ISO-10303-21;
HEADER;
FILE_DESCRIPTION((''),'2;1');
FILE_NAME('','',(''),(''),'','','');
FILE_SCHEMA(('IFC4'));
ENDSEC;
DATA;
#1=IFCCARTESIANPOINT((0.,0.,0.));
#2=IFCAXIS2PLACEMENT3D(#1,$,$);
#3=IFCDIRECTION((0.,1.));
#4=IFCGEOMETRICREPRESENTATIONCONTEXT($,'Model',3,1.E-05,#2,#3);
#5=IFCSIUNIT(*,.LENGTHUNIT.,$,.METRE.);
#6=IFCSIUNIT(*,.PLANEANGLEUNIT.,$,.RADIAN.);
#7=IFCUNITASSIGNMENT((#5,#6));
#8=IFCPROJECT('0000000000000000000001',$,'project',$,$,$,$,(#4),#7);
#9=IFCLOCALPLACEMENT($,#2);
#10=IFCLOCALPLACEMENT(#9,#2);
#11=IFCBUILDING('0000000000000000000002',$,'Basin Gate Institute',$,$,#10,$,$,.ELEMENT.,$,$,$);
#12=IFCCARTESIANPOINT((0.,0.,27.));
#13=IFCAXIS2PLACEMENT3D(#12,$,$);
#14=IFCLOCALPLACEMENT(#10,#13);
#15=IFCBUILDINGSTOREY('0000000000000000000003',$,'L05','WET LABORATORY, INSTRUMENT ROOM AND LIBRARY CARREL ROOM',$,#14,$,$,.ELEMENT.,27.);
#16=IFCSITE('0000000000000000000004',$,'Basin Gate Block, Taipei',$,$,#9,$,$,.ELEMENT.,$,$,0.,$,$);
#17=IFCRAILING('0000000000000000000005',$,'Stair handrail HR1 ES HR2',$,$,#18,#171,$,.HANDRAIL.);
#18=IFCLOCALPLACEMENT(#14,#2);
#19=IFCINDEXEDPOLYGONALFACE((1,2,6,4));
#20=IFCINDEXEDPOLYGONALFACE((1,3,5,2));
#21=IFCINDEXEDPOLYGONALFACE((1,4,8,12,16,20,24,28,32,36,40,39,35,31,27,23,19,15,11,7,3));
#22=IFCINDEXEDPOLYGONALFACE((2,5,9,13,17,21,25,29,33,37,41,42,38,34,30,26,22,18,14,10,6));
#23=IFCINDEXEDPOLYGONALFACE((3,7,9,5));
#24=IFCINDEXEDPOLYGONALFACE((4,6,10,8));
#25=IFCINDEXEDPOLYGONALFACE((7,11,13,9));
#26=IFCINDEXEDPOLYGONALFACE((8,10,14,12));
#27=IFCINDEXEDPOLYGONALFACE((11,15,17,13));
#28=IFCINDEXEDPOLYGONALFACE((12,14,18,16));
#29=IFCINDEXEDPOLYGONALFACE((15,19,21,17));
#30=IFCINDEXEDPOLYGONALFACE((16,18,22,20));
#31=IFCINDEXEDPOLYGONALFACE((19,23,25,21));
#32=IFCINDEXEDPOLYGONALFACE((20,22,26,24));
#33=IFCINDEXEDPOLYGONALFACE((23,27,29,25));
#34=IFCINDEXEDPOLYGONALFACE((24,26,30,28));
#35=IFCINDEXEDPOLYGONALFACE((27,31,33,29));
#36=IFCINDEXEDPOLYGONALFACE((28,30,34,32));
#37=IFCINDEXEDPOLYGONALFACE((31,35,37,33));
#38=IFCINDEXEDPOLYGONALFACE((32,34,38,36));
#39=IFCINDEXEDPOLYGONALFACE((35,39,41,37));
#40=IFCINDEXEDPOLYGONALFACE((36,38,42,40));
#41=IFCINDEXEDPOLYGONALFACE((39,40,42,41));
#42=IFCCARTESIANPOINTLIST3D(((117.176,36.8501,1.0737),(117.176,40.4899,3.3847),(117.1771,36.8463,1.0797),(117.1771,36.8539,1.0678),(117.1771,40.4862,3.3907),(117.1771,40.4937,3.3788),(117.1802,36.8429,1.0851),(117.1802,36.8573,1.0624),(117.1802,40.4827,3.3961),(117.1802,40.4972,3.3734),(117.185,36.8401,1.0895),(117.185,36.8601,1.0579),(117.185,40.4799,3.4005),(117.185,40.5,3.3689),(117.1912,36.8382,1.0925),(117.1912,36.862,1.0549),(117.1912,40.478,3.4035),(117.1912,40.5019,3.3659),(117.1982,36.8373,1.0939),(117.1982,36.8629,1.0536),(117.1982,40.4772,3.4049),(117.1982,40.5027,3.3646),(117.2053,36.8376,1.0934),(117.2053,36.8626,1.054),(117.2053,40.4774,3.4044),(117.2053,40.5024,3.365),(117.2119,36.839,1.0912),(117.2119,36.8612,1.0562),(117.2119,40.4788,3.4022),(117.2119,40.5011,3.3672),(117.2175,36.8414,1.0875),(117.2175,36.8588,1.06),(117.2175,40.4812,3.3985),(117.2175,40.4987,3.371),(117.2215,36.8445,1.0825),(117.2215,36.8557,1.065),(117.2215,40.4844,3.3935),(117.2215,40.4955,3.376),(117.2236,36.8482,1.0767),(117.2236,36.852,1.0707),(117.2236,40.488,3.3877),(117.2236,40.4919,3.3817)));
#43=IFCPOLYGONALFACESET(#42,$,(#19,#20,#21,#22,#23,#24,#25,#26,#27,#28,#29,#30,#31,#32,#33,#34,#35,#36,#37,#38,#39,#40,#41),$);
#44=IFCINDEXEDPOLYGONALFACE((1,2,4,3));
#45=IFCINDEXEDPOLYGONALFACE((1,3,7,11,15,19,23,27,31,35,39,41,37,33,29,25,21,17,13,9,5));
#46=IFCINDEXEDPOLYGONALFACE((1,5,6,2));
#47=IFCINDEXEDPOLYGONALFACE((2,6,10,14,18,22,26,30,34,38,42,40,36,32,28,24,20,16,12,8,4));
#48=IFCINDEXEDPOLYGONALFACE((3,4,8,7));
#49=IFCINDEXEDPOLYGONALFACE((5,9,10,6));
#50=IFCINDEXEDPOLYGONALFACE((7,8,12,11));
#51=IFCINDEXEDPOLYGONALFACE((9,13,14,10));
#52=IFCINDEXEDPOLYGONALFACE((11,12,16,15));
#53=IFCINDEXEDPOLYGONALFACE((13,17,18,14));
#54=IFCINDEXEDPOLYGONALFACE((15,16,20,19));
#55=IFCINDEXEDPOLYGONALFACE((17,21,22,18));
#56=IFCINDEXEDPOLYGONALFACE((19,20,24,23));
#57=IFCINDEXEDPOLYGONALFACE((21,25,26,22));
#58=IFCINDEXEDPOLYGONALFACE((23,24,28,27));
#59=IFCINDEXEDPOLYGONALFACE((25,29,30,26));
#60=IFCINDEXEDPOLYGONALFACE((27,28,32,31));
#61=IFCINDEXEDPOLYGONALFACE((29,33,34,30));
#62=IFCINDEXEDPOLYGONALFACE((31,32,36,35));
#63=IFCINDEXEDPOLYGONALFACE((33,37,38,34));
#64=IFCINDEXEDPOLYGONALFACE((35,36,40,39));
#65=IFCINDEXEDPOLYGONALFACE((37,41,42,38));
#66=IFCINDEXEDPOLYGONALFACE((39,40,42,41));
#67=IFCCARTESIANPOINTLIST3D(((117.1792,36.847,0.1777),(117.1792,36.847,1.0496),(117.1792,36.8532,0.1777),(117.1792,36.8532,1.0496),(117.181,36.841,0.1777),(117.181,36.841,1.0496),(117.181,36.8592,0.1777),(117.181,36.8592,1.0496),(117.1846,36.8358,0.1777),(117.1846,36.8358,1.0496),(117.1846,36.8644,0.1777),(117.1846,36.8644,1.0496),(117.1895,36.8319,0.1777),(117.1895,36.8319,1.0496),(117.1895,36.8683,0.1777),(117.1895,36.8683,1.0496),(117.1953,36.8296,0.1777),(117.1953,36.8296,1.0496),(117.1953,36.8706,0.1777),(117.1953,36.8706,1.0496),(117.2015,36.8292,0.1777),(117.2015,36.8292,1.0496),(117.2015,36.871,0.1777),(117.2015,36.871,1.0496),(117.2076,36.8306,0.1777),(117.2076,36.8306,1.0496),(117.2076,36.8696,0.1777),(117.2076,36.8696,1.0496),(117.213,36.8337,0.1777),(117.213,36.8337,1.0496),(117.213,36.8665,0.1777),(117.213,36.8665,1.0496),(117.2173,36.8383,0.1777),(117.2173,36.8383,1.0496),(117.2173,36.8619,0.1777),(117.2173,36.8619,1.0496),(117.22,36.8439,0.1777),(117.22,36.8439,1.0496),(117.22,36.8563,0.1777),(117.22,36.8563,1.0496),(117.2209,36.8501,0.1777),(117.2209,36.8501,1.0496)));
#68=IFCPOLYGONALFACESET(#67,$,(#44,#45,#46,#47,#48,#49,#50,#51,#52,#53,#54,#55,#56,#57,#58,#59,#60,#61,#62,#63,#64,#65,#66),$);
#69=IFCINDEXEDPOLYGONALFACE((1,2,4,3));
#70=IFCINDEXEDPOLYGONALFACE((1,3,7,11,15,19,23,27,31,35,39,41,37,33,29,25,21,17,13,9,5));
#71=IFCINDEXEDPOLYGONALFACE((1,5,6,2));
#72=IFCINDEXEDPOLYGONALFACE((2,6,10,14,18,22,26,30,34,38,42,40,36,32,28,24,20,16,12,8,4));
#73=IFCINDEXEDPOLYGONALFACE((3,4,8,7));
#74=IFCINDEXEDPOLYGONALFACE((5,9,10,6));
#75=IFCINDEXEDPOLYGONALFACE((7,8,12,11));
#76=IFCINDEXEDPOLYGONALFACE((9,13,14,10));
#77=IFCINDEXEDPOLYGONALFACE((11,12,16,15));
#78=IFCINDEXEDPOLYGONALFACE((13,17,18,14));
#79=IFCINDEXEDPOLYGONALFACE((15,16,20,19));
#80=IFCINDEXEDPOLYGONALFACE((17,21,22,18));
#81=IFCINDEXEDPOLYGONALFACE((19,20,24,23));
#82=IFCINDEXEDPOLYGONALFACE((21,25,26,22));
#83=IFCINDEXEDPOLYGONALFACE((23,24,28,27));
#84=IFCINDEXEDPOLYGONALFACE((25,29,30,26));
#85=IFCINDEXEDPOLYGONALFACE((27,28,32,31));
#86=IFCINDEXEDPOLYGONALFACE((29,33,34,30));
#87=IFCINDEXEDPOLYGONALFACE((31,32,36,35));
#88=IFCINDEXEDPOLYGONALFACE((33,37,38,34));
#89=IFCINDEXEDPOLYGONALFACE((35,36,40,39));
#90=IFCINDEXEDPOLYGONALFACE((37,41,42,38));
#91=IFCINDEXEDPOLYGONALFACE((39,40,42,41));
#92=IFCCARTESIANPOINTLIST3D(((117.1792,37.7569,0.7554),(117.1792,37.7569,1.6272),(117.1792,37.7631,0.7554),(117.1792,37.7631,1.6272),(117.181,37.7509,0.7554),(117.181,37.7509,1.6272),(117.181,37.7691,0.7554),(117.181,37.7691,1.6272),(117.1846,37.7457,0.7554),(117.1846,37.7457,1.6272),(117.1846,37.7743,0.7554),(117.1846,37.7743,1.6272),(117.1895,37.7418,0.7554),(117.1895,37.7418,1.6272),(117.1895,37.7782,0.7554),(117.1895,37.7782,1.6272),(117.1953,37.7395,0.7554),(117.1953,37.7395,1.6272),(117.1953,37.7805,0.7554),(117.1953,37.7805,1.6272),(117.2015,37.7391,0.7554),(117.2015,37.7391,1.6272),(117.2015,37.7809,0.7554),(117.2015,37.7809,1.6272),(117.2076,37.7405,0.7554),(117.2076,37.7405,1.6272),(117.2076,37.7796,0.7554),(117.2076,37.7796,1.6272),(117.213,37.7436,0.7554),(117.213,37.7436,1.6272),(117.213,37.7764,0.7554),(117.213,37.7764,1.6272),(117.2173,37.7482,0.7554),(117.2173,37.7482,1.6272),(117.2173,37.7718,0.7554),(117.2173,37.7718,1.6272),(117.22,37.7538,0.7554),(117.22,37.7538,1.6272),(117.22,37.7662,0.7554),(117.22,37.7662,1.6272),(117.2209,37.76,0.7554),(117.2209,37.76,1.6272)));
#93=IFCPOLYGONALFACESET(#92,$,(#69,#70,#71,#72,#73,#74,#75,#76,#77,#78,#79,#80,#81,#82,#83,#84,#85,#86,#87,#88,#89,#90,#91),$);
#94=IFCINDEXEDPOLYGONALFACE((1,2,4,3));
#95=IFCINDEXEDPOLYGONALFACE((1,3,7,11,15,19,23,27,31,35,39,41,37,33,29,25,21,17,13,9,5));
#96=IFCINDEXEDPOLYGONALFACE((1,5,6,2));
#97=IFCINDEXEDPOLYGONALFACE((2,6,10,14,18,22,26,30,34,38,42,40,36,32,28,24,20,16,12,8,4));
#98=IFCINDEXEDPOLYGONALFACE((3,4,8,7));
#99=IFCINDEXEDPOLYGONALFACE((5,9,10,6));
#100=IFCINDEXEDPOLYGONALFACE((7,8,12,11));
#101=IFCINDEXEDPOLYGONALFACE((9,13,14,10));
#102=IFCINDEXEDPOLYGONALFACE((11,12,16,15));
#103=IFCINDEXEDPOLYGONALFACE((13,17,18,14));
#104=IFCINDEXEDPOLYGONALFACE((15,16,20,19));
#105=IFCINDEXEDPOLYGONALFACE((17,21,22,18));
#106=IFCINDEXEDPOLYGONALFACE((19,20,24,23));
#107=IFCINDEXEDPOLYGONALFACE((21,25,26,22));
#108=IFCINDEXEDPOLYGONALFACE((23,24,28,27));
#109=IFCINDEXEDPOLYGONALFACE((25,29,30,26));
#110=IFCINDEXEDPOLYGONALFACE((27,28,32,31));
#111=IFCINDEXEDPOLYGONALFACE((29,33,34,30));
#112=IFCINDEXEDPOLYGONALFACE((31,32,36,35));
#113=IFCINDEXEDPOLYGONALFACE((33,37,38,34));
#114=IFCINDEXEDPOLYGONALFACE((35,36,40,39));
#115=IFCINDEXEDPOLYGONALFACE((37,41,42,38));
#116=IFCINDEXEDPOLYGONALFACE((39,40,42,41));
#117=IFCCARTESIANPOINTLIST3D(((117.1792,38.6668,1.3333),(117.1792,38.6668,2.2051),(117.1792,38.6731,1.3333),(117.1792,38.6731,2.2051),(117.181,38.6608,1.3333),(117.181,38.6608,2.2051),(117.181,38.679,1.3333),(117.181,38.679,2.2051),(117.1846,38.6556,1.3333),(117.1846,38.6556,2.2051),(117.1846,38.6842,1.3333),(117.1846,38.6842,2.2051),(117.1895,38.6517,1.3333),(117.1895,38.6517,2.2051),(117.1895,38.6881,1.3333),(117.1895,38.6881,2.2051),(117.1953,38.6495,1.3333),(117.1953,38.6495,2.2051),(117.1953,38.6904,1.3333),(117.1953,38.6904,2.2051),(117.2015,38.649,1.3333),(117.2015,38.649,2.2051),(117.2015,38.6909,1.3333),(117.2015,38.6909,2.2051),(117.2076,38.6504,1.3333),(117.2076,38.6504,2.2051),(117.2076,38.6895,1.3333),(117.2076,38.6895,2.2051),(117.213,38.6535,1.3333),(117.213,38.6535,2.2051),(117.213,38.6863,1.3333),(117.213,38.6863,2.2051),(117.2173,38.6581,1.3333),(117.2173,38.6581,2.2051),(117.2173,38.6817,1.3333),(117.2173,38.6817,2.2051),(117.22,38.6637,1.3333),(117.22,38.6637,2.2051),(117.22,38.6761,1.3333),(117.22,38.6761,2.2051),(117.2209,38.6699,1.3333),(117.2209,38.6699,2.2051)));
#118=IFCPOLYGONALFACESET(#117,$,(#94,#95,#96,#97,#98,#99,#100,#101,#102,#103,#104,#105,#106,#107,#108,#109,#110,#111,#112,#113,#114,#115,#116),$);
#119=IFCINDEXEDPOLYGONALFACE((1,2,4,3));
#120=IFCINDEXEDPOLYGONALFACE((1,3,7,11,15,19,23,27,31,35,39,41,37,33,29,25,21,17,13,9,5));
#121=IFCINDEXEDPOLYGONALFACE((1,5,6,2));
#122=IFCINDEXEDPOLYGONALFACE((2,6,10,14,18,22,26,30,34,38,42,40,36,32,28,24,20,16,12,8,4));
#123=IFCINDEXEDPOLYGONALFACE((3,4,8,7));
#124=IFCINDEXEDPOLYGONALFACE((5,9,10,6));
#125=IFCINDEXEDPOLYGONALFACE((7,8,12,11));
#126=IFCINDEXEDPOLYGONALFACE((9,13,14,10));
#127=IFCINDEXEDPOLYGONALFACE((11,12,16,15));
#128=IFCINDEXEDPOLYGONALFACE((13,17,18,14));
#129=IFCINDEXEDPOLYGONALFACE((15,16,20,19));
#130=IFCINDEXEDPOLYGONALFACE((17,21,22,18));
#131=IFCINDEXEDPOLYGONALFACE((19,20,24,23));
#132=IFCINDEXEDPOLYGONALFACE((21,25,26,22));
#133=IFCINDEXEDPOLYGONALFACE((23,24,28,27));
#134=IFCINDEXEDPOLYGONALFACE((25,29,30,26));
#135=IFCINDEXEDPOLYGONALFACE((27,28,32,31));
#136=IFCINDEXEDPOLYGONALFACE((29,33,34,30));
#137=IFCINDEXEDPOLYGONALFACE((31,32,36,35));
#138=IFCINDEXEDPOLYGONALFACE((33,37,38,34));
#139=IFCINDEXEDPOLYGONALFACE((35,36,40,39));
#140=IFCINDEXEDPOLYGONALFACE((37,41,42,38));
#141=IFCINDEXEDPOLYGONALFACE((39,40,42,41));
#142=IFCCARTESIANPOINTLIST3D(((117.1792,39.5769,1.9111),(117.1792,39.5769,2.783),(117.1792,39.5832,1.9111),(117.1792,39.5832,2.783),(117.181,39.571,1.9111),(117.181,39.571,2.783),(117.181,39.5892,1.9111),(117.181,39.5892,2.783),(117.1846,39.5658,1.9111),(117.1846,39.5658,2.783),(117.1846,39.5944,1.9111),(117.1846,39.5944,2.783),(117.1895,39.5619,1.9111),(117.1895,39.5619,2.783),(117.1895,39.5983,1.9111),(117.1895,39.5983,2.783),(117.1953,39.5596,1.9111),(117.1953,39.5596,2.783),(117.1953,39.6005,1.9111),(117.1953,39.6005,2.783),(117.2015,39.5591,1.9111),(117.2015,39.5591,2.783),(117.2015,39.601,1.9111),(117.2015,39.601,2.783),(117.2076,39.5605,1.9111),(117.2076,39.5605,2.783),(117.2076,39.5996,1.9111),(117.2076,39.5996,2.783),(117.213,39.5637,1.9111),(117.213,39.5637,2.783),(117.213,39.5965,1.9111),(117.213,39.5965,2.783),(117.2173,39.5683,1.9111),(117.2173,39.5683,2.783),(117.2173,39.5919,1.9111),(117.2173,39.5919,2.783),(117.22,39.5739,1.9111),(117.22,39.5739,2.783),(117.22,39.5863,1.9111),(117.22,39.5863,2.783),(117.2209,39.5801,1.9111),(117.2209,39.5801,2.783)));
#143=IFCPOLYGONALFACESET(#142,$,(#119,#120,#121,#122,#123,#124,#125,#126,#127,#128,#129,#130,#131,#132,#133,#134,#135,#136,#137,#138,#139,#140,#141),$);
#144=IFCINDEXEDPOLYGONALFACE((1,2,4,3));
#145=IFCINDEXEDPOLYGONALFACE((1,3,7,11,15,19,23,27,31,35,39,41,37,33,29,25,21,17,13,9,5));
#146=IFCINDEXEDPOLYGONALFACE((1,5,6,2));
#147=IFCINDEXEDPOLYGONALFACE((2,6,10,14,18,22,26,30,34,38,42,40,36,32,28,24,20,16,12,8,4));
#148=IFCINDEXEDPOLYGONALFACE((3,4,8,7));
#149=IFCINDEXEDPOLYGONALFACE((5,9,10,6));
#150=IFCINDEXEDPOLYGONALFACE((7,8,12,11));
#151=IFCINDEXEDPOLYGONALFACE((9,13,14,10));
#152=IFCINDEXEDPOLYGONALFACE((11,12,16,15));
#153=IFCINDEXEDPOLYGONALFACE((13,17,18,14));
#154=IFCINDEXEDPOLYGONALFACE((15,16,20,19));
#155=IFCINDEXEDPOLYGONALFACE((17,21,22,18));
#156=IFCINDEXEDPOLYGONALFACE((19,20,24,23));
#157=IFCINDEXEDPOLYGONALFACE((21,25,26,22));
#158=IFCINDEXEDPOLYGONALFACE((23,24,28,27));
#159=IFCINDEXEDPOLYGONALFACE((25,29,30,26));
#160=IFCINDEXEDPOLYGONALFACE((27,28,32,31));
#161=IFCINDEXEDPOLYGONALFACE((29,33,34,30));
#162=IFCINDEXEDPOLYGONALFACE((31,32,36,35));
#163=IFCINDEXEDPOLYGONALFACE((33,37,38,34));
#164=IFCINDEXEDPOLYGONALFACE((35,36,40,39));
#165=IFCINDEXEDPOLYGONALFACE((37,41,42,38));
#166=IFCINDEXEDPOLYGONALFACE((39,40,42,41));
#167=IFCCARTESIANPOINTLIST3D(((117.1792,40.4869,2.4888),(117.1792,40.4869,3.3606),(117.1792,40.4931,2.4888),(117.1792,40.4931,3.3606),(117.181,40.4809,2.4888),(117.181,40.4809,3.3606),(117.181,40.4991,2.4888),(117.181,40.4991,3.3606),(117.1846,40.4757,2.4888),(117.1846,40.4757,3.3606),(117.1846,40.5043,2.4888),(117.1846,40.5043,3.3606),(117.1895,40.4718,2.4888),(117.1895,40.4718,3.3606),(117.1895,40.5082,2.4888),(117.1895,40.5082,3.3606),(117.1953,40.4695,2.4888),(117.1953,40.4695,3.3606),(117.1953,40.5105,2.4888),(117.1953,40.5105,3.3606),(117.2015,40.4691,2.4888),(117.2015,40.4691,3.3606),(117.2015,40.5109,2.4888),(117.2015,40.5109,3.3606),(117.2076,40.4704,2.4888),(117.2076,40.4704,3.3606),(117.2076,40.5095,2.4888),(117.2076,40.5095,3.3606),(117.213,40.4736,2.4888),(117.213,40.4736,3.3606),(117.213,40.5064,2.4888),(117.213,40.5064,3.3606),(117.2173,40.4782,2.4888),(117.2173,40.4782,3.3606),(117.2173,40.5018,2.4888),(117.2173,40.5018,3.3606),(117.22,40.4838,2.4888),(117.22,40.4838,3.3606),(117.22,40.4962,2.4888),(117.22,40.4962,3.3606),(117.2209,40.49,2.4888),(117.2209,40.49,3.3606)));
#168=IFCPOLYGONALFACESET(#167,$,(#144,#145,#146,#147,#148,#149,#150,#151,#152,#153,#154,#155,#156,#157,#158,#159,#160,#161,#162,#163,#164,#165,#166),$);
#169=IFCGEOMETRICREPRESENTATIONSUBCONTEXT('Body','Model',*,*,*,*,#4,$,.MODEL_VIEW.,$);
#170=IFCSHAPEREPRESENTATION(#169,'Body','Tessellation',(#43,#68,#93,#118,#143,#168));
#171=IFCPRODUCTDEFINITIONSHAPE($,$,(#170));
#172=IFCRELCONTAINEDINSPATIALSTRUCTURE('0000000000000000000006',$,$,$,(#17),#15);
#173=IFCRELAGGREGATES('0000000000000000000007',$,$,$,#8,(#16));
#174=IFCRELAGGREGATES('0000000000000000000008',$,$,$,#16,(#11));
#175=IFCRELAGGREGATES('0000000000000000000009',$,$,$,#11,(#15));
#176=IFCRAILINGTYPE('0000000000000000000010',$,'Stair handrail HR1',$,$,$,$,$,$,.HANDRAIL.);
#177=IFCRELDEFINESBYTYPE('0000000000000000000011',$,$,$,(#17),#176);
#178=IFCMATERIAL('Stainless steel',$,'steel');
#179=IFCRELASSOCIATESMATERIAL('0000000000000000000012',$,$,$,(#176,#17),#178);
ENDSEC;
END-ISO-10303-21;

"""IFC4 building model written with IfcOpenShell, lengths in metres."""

from ifc_helpers import new_model, si_unit, direction, frame, origin, origin_2d, place, context, subcontext, project, spatial, circle, extrude, material, type_object, element, save


model = new_model("IFC4")

# Units and contexts
model_context = context("Model", 3, precision=1e-05, world=origin(), true_north=direction((0.0, 1.0)))
body_context = subcontext(model_context, "Body", "Model", "MODEL_VIEW")
ifc_project = project(units=[si_unit("LENGTHUNIT", "METRE"), si_unit("PLANEANGLEUNIT", "RADIAN")], contexts=[model_context])

# Site, building, storey
site_placement = place(None, origin())
site = spatial("IfcSite", under=ifc_project, at=site_placement, Name="Basin Gate Block, Taipei", CompositionType="ELEMENT", RefElevation=0.0)
building_placement = place(site_placement, origin())
building = spatial("IfcBuilding", under=site, at=building_placement, Name="Basin Gate Institute", CompositionType="ELEMENT")
storey_placement = place(building_placement, frame((0.0, 0.0, 27.0)))
storey = spatial("IfcBuildingStorey", under=building, at=storey_placement, Name="L05", Description="WET LABORATORY, INSTRUMENT ROOM AND LIBRARY CARREL ROOM", CompositionType="ELEMENT", Elevation=27.0)

# Railing
ifc_material_1 = material(Name="Stainless steel", Category="steel")
railing_type_1 = type_object("IfcRailingType", Name="Stair handrail HR1", PredefinedType="HANDRAIL", material=ifc_material_1)
for number, where, name in (
    (1, (117.2, 36.8501, 0.1777), "Stair handrail HR1 ES HR2"),
):
    element("IfcRailing", number, at=place(storey_placement, frame(where)), inside=storey, type_object=railing_type_1, material=ifc_material_1, Name=name, PredefinedType="HANDRAIL", context=body_context, shape_type="SweptSolid", body=[
        extrude(circle(Radius=0.0239, at=origin_2d()), frame((0.0, 0.0, 0.896), z_axis=(0.0, 0.844214, 0.536007), x_axis=(-1.0, 0.0, 0.0)), (0.0, 0.0, 1.0), 4.3115),
        extrude(circle(Radius=0.021, at=origin_2d()), origin(), (0.0, 0.0, 1.0), 0.8718),
        extrude(circle(Radius=0.021, at=origin_2d()), frame((0.0, 0.9099, 0.5776)), (0.0, 0.0, 1.0), 0.8718),
        extrude(circle(Radius=0.021, at=origin_2d()), frame((0.0, 1.8198, 1.1555)), (0.0, 0.0, 1.0), 0.8718),
        extrude(circle(Radius=0.021, at=origin_2d()), frame((0.0, 2.73, 1.7334)), (0.0, 0.0, 1.0), 0.8718),
        extrude(circle(Radius=0.021, at=origin_2d()), frame((0.0, 3.6399, 2.311)), (0.0, 0.0, 1.0), 0.8718),
    ])

save(model, "model.ifc")
